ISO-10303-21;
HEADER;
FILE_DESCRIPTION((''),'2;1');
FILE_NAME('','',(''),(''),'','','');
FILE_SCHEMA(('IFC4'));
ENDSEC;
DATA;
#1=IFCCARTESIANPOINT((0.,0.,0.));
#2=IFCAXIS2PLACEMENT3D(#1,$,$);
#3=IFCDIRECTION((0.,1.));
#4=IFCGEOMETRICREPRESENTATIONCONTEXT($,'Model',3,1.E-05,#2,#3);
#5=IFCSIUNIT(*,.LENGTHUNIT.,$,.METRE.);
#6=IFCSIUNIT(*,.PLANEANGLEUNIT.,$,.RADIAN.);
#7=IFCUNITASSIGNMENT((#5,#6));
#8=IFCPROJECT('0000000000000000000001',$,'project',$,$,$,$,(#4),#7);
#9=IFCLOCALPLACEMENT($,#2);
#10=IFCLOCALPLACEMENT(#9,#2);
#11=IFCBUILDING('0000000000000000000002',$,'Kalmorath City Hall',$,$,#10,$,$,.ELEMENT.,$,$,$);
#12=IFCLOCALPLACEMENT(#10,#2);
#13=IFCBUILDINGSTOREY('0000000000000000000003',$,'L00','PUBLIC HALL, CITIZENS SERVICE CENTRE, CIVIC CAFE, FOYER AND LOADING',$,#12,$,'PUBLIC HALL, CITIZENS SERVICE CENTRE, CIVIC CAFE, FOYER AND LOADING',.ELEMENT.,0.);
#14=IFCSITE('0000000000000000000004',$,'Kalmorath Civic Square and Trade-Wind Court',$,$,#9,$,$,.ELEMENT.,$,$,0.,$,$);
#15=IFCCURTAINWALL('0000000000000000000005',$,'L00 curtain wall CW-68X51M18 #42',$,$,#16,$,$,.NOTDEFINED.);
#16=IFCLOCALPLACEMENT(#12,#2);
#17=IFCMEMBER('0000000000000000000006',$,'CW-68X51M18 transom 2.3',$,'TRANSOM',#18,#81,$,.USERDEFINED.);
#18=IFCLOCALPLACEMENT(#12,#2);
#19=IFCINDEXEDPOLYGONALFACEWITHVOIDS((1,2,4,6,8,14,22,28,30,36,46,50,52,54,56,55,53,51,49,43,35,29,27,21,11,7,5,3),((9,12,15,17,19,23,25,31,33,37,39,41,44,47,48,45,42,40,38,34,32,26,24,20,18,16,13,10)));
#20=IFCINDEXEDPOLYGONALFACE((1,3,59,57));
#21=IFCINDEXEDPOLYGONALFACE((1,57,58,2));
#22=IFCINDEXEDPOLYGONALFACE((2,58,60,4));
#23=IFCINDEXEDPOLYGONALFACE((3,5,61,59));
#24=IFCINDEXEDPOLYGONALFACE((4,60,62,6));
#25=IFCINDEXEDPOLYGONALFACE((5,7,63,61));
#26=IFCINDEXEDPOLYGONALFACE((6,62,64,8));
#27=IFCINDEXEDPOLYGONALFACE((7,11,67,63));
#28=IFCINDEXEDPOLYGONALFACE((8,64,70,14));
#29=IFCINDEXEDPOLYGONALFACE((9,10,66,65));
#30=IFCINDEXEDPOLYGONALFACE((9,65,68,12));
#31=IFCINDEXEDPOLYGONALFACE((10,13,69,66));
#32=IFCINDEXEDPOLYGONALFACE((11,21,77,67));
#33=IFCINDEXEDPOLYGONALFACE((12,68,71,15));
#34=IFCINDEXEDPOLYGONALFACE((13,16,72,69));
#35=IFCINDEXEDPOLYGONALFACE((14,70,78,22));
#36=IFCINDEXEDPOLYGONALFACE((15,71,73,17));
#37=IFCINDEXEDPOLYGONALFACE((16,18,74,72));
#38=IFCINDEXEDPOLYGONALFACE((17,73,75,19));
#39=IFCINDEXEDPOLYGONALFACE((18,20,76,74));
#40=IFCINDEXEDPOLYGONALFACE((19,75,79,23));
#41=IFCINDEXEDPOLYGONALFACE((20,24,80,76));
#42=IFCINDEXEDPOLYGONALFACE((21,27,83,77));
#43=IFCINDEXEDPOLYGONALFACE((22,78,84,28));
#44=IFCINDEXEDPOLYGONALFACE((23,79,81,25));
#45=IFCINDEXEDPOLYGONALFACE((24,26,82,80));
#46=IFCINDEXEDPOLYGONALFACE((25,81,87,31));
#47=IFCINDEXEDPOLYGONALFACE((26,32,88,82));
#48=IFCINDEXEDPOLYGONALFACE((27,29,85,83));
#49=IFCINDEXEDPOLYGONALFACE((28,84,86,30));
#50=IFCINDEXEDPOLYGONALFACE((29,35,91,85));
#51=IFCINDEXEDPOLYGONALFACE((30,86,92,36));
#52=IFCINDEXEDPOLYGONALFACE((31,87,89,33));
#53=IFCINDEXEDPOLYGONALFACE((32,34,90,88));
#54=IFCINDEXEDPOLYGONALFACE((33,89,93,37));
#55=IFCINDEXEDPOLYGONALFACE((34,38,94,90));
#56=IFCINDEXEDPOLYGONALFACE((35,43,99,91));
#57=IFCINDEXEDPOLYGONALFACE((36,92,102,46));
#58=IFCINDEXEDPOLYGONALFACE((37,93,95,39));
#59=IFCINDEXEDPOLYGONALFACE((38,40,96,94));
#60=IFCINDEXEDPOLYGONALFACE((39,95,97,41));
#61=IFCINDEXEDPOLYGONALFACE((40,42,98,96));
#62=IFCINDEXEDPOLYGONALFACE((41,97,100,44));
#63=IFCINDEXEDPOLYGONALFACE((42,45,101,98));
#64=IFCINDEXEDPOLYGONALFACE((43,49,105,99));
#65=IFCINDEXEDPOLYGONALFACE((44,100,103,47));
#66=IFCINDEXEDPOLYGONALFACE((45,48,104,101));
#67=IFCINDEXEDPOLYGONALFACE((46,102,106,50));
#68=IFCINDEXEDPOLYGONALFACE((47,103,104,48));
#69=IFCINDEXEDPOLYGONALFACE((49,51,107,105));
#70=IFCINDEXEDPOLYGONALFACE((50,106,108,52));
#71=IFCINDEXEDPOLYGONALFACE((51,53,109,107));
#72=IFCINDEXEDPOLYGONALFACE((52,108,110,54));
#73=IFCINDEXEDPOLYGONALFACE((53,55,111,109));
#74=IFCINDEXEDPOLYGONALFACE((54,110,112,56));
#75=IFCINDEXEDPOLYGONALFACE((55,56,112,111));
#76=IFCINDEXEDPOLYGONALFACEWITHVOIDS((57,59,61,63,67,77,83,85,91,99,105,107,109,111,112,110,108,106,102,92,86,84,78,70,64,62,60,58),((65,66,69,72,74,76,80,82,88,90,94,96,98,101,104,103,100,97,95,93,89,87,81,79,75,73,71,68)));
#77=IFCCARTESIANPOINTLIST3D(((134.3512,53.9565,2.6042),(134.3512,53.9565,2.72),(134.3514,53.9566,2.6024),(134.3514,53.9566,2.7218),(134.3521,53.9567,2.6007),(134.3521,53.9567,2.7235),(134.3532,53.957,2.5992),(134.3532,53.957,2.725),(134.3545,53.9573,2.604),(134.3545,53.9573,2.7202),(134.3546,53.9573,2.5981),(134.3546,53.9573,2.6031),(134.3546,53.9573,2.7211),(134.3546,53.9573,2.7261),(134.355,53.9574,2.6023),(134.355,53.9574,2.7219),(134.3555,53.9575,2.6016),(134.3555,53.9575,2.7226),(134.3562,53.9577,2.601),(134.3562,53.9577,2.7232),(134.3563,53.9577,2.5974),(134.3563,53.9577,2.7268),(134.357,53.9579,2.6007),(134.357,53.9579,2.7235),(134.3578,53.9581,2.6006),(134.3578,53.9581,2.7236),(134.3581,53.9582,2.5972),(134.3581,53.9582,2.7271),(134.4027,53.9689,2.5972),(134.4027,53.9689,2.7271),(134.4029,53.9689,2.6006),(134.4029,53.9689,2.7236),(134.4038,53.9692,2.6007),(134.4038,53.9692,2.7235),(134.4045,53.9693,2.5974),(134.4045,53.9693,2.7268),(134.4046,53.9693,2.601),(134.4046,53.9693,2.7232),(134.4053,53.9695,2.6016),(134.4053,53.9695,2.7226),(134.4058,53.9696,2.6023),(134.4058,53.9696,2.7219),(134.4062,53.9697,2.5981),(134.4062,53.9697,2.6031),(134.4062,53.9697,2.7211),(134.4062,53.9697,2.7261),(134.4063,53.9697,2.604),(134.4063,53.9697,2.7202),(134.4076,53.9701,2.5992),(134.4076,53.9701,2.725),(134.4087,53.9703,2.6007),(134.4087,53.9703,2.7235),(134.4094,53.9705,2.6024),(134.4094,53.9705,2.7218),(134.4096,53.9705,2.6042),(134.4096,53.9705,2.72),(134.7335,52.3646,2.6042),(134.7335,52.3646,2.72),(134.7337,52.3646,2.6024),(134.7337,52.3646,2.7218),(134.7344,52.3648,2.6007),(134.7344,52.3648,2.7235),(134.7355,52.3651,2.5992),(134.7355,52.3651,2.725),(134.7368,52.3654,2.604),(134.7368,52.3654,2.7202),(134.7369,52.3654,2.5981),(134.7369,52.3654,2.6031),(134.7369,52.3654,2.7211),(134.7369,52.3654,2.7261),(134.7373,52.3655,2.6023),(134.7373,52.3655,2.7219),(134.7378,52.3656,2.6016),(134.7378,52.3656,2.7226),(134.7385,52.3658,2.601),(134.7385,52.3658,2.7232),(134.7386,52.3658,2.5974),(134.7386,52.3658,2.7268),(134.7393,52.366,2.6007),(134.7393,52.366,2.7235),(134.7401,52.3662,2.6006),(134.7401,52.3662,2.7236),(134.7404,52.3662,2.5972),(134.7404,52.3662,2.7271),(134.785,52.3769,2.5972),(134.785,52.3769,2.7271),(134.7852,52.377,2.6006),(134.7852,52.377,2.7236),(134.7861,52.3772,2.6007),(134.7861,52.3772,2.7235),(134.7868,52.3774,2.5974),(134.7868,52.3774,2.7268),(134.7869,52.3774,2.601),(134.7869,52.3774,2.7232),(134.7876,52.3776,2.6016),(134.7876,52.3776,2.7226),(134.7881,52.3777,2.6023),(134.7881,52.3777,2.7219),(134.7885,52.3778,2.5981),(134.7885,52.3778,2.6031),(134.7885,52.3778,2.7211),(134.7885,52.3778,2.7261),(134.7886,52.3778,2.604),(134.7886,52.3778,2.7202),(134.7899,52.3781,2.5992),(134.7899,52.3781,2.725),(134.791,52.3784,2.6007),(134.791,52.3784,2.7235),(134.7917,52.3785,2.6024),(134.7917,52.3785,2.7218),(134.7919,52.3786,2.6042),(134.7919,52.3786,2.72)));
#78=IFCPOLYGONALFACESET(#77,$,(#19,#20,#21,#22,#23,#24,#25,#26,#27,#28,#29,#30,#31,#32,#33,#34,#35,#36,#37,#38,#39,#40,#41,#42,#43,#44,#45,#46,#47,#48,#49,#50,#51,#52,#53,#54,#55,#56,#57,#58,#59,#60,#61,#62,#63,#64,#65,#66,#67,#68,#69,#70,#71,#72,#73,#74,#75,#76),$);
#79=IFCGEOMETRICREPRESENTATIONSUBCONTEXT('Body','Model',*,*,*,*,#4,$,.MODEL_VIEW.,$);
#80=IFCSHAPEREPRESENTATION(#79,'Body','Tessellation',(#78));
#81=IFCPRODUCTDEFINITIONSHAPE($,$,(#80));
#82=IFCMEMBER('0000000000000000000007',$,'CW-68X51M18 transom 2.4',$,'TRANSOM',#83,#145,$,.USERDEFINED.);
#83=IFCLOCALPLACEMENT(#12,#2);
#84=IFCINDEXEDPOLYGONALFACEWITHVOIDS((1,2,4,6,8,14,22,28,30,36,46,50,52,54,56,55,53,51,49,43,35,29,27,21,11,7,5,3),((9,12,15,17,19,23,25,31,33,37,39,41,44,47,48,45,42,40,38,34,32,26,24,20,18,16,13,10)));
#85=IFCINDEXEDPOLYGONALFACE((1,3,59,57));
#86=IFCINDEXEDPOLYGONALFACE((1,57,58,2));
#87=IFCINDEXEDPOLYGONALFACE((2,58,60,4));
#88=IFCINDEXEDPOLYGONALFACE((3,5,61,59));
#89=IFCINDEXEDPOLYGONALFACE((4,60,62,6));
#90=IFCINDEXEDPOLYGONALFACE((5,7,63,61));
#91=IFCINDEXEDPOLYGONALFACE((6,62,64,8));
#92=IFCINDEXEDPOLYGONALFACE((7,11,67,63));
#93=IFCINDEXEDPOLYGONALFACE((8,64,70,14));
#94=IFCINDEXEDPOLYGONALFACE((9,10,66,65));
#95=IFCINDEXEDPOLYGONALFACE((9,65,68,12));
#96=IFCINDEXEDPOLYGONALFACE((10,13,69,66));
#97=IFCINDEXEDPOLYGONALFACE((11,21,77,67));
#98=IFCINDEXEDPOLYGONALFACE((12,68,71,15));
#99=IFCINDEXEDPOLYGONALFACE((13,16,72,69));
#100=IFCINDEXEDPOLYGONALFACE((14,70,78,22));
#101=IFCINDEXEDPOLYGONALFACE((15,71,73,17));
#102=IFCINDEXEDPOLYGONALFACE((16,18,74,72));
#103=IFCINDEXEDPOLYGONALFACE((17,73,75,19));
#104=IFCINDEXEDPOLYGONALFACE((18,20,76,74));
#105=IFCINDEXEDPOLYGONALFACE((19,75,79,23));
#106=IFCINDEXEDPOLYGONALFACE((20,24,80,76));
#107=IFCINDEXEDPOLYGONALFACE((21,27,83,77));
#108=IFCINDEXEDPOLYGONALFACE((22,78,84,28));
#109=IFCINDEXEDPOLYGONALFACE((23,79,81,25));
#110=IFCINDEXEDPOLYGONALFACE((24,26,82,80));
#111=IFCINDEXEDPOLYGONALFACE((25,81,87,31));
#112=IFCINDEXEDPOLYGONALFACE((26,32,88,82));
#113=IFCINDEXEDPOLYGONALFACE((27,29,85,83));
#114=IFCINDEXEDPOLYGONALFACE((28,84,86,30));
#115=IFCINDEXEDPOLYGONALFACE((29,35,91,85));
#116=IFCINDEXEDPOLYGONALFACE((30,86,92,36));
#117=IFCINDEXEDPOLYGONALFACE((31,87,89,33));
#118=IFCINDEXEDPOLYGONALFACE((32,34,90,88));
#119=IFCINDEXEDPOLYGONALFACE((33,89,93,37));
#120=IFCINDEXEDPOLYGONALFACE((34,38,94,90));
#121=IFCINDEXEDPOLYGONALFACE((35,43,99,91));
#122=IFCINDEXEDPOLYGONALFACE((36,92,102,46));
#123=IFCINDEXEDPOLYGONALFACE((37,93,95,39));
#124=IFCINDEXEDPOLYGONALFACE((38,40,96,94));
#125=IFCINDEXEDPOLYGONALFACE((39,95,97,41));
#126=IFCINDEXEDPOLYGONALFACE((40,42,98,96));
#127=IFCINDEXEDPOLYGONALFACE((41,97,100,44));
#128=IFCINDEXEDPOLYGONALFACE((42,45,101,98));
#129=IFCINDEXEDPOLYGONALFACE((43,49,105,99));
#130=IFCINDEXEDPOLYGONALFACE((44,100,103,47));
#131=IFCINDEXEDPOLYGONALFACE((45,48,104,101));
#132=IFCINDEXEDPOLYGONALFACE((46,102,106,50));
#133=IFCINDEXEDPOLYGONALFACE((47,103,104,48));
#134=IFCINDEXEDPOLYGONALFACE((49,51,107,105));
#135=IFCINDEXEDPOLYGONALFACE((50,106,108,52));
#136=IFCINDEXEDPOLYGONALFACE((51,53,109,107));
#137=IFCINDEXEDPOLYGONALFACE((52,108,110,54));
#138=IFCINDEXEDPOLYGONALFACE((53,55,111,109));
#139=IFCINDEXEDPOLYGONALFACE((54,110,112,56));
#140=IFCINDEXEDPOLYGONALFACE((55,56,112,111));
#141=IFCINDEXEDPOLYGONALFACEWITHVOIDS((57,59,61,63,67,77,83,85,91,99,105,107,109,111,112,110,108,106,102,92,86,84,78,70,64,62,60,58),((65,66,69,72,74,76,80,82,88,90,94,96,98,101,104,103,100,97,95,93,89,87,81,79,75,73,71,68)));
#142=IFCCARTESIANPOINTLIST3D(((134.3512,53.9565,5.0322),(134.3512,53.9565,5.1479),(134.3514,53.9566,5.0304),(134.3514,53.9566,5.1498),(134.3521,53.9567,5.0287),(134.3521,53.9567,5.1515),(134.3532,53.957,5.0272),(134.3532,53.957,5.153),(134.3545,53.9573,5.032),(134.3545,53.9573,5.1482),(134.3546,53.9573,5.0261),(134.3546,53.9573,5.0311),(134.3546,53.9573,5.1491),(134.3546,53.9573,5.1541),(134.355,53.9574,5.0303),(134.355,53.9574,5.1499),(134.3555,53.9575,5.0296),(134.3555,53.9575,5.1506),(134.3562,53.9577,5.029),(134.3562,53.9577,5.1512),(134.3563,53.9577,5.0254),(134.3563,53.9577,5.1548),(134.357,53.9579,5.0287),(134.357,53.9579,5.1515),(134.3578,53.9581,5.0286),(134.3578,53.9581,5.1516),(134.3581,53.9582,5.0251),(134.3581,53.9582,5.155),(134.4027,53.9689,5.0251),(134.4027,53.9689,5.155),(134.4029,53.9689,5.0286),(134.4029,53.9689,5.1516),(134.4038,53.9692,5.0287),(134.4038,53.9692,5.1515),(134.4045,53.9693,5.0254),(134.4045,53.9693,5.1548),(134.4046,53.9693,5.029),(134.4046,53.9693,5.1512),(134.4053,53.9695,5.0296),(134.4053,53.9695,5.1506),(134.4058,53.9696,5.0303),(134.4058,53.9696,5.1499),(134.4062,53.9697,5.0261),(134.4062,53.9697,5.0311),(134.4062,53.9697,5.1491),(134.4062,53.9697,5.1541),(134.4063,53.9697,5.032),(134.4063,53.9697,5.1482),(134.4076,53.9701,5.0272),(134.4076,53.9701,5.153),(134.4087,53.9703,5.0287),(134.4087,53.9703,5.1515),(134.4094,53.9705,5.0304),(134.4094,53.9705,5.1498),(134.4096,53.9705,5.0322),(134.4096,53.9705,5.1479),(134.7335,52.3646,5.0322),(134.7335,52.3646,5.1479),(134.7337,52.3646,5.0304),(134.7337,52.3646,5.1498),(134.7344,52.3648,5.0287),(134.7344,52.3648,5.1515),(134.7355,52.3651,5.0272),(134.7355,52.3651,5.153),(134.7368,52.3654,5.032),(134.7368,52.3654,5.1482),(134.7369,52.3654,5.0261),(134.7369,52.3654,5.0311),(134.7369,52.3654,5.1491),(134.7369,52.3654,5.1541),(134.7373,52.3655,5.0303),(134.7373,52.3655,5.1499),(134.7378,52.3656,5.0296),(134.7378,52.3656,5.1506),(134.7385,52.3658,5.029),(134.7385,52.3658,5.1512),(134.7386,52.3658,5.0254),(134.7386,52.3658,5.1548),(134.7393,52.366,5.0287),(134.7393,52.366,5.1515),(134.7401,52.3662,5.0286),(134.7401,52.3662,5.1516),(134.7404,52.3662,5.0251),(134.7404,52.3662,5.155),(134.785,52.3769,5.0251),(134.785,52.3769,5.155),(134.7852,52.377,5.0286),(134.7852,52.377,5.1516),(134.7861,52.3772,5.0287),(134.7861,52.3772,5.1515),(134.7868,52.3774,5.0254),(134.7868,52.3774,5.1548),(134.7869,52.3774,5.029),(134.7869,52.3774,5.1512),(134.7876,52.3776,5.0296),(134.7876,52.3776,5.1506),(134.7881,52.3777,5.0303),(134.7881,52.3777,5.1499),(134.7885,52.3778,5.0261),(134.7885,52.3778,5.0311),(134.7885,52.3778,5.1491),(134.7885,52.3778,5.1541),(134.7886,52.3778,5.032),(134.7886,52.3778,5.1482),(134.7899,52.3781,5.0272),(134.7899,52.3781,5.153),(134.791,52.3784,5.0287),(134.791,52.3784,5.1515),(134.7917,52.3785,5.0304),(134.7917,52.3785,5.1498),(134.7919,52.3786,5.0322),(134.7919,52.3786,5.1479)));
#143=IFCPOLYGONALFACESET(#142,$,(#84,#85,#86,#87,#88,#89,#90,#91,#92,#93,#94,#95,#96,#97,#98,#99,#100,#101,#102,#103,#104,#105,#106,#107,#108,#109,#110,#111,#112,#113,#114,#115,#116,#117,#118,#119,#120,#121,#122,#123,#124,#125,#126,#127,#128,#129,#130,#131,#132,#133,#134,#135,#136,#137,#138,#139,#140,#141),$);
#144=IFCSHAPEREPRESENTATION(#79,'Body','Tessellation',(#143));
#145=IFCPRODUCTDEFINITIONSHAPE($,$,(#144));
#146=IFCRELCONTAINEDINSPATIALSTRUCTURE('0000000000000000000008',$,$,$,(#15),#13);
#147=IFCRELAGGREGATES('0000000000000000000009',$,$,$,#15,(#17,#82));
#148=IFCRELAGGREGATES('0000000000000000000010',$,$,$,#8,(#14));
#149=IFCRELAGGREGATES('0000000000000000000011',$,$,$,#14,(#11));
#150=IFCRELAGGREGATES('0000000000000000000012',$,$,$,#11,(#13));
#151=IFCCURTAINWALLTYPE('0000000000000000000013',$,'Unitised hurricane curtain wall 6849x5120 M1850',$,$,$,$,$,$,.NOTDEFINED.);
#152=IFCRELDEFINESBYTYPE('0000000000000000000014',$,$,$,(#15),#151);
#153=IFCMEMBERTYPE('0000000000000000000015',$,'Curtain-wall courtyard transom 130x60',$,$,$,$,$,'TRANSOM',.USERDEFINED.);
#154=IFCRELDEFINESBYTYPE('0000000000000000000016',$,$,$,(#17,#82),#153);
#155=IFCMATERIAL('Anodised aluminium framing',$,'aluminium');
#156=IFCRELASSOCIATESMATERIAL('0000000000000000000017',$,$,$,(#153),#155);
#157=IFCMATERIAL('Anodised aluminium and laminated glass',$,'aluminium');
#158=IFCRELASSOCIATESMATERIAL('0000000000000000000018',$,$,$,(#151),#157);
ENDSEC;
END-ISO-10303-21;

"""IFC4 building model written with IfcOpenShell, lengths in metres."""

from ifc_helpers import new_model, si_unit, direction, frame, origin, origin_2d, place, context, subcontext, project, spatial, hollow_rectangle, extrude, material, material_profile, profile_set, type_object, element, aggregate, save


model = new_model("IFC4")

# Units and contexts
model_context = context("Model", 3, precision=1e-05, world=origin(), true_north=direction((0.0, 1.0)))
body_context = subcontext(model_context, "Body", "Model", "MODEL_VIEW")
ifc_project = project(units=[si_unit("LENGTHUNIT", "METRE"), si_unit("PLANEANGLEUNIT", "RADIAN")], contexts=[model_context])

# Site, building, storey
site_placement = place(None, origin())
site = spatial("IfcSite", under=ifc_project, at=site_placement, Name="Kalmorath Civic Square and Trade-Wind Court", CompositionType="ELEMENT", RefElevation=0.0)
building_placement = place(site_placement, origin())
building = spatial("IfcBuilding", under=site, at=building_placement, Name="Kalmorath City Hall", CompositionType="ELEMENT")
storey_placement = place(building_placement, origin())
storey = spatial("IfcBuildingStorey", under=building, at=storey_placement, Name="L00", Description="PUBLIC HALL, CITIZENS SERVICE CENTRE, CIVIC CAFE, FOYER AND LOADING", LongName="PUBLIC HALL, CITIZENS SERVICE CENTRE, CIVIC CAFE, FOYER AND LOADING", CompositionType="ELEMENT", Elevation=0.0)

# Curtain wall, members
ifc_material_1 = material(Name="Anodised aluminium framing", Category="aluminium")
ifc_material_profile_1 = material_profile(ifc_material_1, hollow_rectangle(XDim=0.0601, YDim=0.1299, WallThickness=0.0034, InnerFilletRadius=0.0034, OuterFilletRadius=0.0071, at=origin_2d()), Name="ALU-TRN-130X60X3.5")
ifc_profile_set_1 = profile_set([ifc_material_profile_1], Name="Anodised aluminium framing")
member_type_1 = type_object("IfcMemberType", Name="Curtain-wall courtyard transom 130x60", ElementType="TRANSOM", PredefinedType="USERDEFINED", material=ifc_profile_set_1)
ifc_material_2 = material(Name="Anodised aluminium and laminated glass", Category="aluminium")
curtain_wall_type_1 = type_object("IfcCurtainWallType", Name="Unitised hurricane curtain wall 6849x5120 M1850", PredefinedType="NOTDEFINED", material=ifc_material_2)
curtain_wall_1_placement = place(storey_placement, origin())
curtain_wall_1 = element("IfcCurtainWall", 1, at=curtain_wall_1_placement, inside=storey, type_object=curtain_wall_type_1, Name="L00 curtain wall CW-68X51M18 #42", PredefinedType="NOTDEFINED")
member_1_placement = place(storey_placement, frame((134.7627, 52.3716, 2.6621), z_axis=(-0.233508, 0.972355, 0.0), x_axis=(-0.972355, -0.233508, 0.0)))
member_1 = element("IfcMember", 2, at=member_1_placement, type_object=member_type_1, Name="CW-68X51M18 transom 2.3", ObjectType="TRANSOM", PredefinedType="USERDEFINED", context=body_context, shape_type="SweptSolid", body=[
    extrude(hollow_rectangle(XDim=0.0601, YDim=0.1299, WallThickness=0.0034, InnerFilletRadius=0.0034, OuterFilletRadius=0.0071, at=origin_2d()), origin(), (0.0, 0.0, 1.0), 1.6372),
])
member_2_placement = place(storey_placement, frame((134.7627, 52.3716, 5.0901), z_axis=(-0.233508, 0.972355, 0.0), x_axis=(-0.972355, -0.233508, 0.0)))
member_2 = element("IfcMember", 3, at=member_2_placement, type_object=member_type_1, Name="CW-68X51M18 transom 2.4", ObjectType="TRANSOM", PredefinedType="USERDEFINED", context=body_context, shape_type="SweptSolid", body=[
    extrude(hollow_rectangle(XDim=0.0601, YDim=0.1299, WallThickness=0.0034, InnerFilletRadius=0.0034, OuterFilletRadius=0.0071, at=origin_2d()), origin(), (0.0, 0.0, 1.0), 1.6372),
])

aggregate(curtain_wall_1, [member_1, member_2])

save(model, "model.ifc")
